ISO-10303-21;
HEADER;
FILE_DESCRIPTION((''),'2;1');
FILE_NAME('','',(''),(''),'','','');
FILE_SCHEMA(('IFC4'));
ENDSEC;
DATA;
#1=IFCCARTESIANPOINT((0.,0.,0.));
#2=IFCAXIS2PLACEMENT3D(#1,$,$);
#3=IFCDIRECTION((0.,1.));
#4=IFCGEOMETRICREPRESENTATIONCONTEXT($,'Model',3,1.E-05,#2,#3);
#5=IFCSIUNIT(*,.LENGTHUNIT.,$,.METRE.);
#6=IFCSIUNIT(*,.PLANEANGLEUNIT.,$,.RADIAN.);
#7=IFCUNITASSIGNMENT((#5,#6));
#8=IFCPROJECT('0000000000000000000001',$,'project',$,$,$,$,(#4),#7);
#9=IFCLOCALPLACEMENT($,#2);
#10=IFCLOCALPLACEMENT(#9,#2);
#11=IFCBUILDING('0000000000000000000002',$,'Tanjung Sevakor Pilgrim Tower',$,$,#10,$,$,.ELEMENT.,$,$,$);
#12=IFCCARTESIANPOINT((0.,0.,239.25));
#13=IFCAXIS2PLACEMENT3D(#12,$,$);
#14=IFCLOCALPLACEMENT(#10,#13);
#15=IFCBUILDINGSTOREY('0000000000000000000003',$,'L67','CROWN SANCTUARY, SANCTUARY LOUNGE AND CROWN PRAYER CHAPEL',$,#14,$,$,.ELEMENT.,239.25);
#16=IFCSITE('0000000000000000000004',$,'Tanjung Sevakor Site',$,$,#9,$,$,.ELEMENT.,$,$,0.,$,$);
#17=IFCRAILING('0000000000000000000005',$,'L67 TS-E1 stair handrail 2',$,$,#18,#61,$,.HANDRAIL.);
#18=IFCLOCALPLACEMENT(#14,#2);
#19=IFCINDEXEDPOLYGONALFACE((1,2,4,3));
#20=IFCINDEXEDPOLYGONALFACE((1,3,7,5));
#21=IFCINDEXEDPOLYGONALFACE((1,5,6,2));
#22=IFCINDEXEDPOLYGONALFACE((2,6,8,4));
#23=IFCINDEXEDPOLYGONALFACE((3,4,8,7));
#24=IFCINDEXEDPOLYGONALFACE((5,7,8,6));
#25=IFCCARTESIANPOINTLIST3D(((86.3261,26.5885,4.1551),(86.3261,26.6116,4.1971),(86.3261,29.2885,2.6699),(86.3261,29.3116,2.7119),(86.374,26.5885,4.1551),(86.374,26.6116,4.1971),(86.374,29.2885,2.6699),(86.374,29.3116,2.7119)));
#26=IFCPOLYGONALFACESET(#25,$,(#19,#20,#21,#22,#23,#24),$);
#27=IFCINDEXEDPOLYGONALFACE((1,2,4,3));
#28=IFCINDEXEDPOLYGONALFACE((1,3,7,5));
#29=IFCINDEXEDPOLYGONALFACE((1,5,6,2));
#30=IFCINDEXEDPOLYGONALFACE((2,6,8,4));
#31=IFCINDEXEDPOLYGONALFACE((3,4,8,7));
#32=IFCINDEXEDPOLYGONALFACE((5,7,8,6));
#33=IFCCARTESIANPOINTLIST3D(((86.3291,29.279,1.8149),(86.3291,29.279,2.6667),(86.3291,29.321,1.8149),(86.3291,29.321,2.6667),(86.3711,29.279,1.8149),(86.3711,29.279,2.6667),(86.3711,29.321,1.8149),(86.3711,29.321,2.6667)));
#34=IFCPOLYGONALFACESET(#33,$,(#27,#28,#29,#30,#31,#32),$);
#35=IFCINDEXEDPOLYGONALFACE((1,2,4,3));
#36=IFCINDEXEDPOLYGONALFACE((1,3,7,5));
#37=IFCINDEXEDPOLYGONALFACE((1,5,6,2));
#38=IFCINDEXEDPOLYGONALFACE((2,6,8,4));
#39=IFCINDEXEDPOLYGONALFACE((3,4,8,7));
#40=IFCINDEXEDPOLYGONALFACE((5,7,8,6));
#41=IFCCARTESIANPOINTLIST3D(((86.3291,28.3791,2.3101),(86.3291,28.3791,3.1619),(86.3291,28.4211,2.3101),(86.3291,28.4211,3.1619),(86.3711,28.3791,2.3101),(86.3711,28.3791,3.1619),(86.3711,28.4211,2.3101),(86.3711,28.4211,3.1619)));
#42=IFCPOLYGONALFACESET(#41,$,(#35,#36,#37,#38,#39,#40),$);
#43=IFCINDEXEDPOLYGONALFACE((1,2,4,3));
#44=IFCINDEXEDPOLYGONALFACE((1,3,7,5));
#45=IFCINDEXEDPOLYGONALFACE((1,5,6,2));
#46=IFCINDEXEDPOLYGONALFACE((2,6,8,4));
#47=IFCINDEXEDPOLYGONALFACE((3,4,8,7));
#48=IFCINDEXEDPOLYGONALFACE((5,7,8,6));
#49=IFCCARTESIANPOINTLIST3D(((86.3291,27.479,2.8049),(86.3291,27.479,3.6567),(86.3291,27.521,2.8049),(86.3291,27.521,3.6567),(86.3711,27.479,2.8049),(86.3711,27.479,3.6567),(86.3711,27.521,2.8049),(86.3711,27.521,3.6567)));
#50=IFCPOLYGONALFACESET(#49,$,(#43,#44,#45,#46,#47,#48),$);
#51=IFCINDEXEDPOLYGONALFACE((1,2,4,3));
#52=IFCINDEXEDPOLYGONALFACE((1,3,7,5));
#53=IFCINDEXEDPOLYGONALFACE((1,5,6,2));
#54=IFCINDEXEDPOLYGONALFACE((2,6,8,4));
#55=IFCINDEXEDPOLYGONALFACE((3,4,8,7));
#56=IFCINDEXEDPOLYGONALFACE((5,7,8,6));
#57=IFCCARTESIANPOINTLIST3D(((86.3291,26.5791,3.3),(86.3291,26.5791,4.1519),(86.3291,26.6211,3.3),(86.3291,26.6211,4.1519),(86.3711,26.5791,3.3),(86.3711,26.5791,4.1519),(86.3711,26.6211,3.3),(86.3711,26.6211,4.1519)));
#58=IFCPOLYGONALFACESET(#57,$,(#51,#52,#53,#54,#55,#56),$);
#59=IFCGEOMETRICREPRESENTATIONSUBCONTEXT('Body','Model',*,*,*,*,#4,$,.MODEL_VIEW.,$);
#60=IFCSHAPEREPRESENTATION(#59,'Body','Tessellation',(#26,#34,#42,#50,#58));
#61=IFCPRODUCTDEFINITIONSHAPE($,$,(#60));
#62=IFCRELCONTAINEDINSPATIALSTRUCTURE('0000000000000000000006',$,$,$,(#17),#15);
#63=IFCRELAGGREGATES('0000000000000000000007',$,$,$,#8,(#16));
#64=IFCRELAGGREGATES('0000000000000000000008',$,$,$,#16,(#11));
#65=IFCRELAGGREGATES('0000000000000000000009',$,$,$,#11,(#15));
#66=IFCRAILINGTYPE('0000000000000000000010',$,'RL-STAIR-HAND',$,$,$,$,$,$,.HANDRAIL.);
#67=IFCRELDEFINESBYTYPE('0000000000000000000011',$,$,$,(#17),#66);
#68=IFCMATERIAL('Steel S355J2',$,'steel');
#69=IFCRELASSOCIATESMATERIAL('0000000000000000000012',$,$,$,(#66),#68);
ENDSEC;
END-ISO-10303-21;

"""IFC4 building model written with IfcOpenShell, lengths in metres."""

from ifc_helpers import new_model, si_unit, direction, frame, origin, place, context, subcontext, project, spatial, rectangle, extrude, material, type_object, element, save


model = new_model("IFC4")

# Units and contexts
model_context = context("Model", 3, precision=1e-05, world=origin(), true_north=direction((0.0, 1.0)))
body_context = subcontext(model_context, "Body", "Model", "MODEL_VIEW")
ifc_project = project(units=[si_unit("LENGTHUNIT", "METRE"), si_unit("PLANEANGLEUNIT", "RADIAN")], contexts=[model_context])

# Site, building, storey
site_placement = place(None, origin())
site = spatial("IfcSite", under=ifc_project, at=site_placement, Name="Tanjung Sevakor Site", CompositionType="ELEMENT", RefElevation=0.0)
building_placement = place(site_placement, origin())
building = spatial("IfcBuilding", under=site, at=building_placement, Name="Tanjung Sevakor Pilgrim Tower", CompositionType="ELEMENT")
storey_placement = place(building_placement, frame((0.0, 0.0, 239.25)))
storey = spatial("IfcBuildingStorey", under=building, at=storey_placement, Name="L67", Description="CROWN SANCTUARY, SANCTUARY LOUNGE AND CROWN PRAYER CHAPEL", CompositionType="ELEMENT", Elevation=239.25)

# Railing
ifc_material_1 = material(Name="Steel S355J2", Category="steel")
railing_type_1 = type_object("IfcRailingType", Name="RL-STAIR-HAND", PredefinedType="HANDRAIL", material=ifc_material_1)
railing_1_placement = place(storey_placement, frame((86.3501, 29.3, 1.8149)))
element("IfcRailing", 1, at=railing_1_placement, inside=storey, type_object=railing_type_1, Name="L67 TS-E1 stair handrail 2", PredefinedType="HANDRAIL", context=body_context, shape_type="SweptSolid", body=[
    extrude(rectangle(XDim=0.0479, YDim=0.0479), frame((0.0, 0.0, 0.876), z_axis=(0.0, -0.876198, 0.481952), x_axis=(1.0, 0.0, 0.0)), (0.0, 0.0, 1.0), 3.0815),
    extrude(rectangle(XDim=0.042, YDim=0.042), origin(), (0.0, 0.0, 1.0), 0.8518),
    extrude(rectangle(XDim=0.042, YDim=0.042), frame((0.0, -0.8999, 0.4951)), (0.0, 0.0, 1.0), 0.8518),
    extrude(rectangle(XDim=0.042, YDim=0.042), frame((0.0, -1.8, 0.99)), (0.0, 0.0, 1.0), 0.8518),
    extrude(rectangle(XDim=0.042, YDim=0.042), frame((0.0, -2.7, 1.4851)), (0.0, 0.0, 1.0), 0.8518),
])

save(model, "model.ifc")
